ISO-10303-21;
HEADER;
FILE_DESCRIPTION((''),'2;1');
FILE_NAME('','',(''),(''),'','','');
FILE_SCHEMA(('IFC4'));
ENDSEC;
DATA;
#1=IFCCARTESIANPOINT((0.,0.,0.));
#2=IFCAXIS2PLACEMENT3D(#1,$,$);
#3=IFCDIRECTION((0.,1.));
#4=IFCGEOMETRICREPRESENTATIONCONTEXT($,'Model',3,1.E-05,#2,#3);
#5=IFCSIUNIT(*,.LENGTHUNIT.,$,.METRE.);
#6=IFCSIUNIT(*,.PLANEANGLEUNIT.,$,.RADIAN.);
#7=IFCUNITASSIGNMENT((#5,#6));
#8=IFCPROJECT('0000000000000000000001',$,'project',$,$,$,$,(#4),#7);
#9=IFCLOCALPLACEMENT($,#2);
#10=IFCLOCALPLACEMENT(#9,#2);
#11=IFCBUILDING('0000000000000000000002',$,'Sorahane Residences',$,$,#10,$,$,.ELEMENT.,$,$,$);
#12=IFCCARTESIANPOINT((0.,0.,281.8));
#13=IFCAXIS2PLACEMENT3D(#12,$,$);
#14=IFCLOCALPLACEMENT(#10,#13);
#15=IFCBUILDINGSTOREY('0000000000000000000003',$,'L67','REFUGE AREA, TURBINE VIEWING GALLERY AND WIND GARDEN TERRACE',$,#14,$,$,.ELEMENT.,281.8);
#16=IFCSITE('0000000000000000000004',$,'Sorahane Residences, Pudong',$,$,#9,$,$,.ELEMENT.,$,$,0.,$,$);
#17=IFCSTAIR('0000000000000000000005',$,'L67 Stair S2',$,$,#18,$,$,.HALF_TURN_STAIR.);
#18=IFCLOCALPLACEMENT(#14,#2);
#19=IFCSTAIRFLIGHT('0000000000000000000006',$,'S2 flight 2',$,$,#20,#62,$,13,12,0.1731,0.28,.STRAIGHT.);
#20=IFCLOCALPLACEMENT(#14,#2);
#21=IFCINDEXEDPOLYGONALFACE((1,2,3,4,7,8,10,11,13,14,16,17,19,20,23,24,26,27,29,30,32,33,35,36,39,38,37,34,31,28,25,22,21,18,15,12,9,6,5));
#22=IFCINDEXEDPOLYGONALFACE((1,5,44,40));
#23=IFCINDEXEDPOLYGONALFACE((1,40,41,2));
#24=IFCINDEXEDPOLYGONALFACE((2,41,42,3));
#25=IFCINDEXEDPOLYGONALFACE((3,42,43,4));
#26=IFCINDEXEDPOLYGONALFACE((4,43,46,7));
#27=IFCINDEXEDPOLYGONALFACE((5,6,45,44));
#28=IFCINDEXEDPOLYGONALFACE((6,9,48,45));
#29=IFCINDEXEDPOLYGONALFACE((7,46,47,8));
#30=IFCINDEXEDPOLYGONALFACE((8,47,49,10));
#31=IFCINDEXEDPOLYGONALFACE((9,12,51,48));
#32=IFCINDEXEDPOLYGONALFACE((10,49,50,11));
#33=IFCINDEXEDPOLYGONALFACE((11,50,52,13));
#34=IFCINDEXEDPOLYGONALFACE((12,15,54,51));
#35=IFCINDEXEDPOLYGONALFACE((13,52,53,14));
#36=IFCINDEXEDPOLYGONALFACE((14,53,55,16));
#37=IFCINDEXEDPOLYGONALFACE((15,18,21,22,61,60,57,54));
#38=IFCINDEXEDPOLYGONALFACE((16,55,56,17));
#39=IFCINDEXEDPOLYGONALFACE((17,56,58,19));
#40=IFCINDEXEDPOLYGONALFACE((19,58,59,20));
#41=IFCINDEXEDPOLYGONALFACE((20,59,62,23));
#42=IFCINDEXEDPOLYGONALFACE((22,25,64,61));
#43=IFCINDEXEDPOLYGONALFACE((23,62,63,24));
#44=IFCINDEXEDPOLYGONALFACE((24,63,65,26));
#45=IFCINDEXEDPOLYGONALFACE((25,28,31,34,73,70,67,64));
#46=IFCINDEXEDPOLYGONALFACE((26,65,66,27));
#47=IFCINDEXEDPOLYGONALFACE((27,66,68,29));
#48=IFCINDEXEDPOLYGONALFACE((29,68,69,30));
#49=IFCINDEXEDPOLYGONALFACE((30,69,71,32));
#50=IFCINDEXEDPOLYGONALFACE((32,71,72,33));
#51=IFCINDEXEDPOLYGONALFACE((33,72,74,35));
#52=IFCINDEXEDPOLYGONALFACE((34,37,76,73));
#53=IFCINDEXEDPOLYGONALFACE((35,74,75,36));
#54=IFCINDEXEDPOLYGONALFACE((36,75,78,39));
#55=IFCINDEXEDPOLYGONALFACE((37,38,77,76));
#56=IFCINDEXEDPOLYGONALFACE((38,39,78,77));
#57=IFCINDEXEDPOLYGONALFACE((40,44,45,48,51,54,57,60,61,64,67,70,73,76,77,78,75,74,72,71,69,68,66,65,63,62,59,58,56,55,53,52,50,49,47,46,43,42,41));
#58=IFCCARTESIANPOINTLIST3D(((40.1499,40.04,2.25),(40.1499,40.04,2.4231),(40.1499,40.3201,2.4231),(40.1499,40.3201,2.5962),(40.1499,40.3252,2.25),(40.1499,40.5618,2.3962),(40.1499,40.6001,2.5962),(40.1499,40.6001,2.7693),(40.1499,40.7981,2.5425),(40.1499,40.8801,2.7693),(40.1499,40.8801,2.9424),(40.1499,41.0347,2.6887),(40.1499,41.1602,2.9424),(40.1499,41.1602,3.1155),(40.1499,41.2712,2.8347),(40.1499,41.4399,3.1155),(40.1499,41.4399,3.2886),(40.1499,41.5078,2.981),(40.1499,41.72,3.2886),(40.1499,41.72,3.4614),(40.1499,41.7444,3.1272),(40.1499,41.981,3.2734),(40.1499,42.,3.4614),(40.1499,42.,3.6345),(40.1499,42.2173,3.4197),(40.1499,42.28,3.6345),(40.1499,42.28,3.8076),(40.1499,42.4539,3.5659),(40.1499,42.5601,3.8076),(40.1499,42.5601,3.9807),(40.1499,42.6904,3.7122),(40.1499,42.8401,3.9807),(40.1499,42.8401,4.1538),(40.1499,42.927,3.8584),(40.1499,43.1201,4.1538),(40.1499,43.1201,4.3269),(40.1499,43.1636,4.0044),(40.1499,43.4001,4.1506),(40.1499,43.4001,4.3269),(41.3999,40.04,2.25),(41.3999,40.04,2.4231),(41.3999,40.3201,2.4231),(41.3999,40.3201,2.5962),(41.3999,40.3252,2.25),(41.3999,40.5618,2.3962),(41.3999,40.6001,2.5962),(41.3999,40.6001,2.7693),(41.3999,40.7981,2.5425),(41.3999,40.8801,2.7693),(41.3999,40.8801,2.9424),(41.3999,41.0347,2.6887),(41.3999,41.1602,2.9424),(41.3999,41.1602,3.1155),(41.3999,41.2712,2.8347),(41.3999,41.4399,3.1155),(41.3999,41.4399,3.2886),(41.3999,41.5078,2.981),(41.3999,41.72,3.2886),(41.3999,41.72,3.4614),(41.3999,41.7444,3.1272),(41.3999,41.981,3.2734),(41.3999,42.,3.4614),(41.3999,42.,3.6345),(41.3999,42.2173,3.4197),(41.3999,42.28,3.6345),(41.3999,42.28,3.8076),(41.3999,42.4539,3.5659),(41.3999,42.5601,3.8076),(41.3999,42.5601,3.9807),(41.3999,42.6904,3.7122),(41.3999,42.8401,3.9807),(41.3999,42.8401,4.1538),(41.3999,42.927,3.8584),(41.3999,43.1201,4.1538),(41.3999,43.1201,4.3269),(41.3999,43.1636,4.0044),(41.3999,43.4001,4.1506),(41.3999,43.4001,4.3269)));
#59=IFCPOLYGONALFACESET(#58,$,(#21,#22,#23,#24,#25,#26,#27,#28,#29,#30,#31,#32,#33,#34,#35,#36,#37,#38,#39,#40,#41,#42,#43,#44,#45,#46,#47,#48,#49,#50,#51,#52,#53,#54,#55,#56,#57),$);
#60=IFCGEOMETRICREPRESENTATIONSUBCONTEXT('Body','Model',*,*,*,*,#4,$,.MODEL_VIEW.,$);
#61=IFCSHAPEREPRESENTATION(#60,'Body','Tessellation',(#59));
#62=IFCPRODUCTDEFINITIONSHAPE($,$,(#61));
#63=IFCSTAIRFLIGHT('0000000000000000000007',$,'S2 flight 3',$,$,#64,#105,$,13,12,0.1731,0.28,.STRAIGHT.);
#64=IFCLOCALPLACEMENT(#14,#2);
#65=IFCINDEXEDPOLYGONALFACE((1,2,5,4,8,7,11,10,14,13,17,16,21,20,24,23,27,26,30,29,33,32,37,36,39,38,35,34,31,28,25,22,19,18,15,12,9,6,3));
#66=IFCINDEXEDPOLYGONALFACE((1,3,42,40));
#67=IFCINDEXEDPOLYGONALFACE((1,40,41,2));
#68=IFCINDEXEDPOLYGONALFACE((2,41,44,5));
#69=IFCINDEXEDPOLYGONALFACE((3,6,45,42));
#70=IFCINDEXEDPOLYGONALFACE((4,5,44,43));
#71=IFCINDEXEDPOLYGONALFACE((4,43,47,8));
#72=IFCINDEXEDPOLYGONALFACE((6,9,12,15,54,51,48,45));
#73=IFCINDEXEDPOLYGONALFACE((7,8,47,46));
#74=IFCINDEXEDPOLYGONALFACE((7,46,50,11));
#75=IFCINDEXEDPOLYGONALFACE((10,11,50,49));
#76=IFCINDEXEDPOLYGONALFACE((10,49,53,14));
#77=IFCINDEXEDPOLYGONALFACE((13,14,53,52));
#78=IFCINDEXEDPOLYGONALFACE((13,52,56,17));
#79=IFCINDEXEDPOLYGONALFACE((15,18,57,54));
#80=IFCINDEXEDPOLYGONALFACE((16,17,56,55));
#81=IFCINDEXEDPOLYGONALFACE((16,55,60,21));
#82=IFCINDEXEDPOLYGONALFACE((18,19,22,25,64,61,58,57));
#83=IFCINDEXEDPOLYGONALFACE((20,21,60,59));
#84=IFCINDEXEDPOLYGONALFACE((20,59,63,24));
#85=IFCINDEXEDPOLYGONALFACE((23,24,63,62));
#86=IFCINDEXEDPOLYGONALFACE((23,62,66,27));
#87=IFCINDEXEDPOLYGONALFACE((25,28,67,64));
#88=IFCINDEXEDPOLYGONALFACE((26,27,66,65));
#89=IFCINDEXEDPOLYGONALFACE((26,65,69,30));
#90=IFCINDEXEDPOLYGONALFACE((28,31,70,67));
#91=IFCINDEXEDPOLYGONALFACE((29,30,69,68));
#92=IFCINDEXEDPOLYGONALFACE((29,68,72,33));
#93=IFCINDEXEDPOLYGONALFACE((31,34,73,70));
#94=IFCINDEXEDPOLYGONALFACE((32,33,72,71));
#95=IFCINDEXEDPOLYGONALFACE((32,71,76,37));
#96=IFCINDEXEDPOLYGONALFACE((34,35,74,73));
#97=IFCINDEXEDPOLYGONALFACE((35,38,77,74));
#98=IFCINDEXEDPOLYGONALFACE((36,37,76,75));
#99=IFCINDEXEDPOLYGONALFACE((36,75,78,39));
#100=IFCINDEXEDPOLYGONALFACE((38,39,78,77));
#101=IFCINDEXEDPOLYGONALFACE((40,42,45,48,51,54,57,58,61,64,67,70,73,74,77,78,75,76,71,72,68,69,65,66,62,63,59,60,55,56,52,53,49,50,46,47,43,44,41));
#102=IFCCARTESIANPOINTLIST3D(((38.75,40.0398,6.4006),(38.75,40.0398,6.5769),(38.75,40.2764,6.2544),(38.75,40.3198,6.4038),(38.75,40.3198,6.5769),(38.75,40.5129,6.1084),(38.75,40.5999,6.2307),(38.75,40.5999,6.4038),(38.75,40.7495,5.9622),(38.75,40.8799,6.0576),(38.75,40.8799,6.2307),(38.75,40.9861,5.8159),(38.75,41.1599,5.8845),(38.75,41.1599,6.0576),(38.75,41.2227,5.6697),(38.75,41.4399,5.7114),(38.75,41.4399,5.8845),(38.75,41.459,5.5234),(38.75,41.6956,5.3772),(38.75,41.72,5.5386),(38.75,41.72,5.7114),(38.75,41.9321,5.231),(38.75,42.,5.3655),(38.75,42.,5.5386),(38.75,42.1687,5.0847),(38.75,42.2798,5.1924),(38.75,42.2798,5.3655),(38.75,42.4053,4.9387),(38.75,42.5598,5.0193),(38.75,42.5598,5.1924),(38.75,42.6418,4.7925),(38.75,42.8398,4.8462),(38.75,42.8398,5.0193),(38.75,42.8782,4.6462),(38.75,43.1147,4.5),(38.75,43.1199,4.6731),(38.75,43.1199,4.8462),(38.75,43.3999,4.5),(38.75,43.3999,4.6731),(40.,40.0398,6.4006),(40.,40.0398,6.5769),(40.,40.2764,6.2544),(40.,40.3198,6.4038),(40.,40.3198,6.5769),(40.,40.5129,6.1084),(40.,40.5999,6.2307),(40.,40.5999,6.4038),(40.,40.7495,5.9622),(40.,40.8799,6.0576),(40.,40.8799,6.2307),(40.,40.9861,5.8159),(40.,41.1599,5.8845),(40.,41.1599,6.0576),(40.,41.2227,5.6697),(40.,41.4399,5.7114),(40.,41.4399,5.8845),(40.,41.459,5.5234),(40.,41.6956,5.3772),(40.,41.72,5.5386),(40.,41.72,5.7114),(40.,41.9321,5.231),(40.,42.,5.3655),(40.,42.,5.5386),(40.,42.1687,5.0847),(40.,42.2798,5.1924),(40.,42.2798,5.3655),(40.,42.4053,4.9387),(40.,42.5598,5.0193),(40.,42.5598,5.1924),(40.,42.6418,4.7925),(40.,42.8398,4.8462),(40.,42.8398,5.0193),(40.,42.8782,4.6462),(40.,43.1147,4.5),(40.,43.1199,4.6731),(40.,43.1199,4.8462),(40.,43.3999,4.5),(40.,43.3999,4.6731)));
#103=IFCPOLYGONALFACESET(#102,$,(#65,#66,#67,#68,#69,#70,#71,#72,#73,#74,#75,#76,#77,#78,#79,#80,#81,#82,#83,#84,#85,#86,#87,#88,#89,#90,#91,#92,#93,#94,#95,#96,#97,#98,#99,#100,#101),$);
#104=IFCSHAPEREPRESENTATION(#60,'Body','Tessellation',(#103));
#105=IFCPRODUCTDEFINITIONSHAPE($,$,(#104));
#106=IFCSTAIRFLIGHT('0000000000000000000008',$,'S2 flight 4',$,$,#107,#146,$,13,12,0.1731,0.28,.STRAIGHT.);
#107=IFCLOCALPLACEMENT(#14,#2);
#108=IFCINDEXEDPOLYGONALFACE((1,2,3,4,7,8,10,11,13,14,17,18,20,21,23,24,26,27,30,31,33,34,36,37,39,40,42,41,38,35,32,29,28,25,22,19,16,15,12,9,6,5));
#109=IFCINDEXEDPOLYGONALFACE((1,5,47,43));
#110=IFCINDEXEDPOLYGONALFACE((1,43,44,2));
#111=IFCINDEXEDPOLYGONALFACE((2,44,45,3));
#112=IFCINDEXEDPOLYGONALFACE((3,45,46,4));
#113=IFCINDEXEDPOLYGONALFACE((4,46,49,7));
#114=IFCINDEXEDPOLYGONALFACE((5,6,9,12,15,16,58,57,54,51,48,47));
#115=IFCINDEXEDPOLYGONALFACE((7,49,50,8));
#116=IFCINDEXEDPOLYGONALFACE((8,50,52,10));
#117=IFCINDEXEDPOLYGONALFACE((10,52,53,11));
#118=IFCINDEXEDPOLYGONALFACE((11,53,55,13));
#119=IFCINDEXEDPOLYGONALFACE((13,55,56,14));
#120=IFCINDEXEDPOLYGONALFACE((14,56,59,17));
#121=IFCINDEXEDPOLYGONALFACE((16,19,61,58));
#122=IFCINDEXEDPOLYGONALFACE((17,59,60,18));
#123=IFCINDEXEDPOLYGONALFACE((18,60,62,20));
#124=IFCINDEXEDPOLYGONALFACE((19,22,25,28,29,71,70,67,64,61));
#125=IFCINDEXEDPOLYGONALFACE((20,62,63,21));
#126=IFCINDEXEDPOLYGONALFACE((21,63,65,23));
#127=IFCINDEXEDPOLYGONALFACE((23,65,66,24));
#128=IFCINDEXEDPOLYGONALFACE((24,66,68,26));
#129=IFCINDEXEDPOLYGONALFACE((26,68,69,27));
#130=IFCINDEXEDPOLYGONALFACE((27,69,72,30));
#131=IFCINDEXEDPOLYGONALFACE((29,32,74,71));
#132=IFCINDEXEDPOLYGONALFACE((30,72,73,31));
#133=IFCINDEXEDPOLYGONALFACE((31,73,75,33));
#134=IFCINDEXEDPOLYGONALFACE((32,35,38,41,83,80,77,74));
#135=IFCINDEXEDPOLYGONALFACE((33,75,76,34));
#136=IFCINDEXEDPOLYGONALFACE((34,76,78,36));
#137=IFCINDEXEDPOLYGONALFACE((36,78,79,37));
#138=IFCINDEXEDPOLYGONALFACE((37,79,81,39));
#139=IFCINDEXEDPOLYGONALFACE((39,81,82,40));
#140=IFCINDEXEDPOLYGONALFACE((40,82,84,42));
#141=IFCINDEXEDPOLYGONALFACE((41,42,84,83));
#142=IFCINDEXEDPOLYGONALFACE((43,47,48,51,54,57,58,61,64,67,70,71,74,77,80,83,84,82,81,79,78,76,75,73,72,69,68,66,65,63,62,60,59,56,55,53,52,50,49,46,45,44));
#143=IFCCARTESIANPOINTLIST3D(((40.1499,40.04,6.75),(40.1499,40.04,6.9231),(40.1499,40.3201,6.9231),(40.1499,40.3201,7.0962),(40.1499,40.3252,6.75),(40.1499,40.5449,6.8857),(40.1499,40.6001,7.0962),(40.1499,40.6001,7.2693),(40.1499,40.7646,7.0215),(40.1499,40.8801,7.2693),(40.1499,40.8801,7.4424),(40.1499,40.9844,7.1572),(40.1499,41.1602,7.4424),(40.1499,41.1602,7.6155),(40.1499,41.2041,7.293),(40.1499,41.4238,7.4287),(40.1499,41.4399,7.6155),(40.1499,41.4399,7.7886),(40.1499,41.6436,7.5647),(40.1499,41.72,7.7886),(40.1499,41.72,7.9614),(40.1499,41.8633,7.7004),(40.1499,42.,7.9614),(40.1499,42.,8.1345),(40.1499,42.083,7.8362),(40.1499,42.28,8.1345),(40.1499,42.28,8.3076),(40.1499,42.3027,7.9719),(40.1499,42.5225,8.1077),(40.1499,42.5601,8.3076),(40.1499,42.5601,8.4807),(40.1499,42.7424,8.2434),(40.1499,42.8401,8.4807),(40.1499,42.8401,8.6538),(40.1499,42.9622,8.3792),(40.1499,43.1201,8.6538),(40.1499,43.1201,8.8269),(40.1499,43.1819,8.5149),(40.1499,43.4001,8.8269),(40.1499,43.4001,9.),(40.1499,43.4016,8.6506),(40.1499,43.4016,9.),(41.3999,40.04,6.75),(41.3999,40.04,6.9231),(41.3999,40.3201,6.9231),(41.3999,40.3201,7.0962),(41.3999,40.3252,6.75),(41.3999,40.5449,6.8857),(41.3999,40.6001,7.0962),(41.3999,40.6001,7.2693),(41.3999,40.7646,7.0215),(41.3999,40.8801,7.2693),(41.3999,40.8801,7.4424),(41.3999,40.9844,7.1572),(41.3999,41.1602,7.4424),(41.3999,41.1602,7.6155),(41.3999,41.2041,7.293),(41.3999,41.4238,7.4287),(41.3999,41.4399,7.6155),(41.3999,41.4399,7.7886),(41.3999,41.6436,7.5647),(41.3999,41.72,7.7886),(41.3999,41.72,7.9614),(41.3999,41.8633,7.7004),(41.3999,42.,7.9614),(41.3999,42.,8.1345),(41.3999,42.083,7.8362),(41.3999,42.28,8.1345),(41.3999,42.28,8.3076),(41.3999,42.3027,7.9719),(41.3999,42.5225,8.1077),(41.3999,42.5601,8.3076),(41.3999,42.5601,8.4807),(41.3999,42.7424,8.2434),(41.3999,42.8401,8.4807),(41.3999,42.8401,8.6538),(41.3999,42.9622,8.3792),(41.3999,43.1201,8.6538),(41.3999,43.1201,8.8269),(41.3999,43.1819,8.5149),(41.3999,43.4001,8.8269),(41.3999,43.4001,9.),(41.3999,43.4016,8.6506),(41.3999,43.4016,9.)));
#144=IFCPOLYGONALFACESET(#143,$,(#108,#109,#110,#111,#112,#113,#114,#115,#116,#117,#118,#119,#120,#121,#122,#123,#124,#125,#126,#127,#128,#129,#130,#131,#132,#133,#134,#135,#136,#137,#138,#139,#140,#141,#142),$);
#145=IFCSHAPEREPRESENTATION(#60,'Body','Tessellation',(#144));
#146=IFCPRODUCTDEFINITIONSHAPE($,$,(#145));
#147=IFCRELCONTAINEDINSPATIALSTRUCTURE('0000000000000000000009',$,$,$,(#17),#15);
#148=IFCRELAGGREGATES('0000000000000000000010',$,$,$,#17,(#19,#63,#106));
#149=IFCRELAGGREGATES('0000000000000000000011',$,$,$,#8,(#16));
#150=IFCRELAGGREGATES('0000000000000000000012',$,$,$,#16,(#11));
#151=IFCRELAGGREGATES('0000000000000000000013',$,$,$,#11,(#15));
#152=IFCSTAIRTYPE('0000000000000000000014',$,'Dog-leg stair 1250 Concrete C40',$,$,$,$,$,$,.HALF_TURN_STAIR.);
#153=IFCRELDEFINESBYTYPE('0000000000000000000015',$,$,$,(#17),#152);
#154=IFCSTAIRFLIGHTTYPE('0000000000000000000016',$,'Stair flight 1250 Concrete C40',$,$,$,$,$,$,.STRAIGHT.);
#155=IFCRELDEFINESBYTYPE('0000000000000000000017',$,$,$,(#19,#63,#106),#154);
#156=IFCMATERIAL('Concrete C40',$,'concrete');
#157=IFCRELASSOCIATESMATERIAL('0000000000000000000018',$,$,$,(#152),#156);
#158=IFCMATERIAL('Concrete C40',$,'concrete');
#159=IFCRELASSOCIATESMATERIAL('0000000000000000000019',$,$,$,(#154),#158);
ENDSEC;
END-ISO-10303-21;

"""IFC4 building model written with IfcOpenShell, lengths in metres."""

from ifc_helpers import new_model, si_unit, direction, frame, origin, place, context, subcontext, project, spatial, polyline, outline, extrude, material, type_object, element, aggregate, save


model = new_model("IFC4")

# Units and contexts
model_context = context("Model", 3, precision=1e-05, world=origin(), true_north=direction((0.0, 1.0)))
body_context = subcontext(model_context, "Body", "Model", "MODEL_VIEW")
ifc_project = project(units=[si_unit("LENGTHUNIT", "METRE"), si_unit("PLANEANGLEUNIT", "RADIAN")], contexts=[model_context])

# Site, building, storey
site_placement = place(None, origin())
site = spatial("IfcSite", under=ifc_project, at=site_placement, Name="Sorahane Residences, Pudong", CompositionType="ELEMENT", RefElevation=0.0)
building_placement = place(site_placement, origin())
building = spatial("IfcBuilding", under=site, at=building_placement, Name="Sorahane Residences", CompositionType="ELEMENT")
storey_placement = place(building_placement, frame((0.0, 0.0, 281.8)))
storey = spatial("IfcBuildingStorey", under=building, at=storey_placement, Name="L67", Description="REFUGE AREA, TURBINE VIEWING GALLERY AND WIND GARDEN TERRACE", CompositionType="ELEMENT", Elevation=281.8)

# Stair, stair flights
ifc_material_1 = material(Name="Concrete C40", Category="concrete")
stair_type = type_object("IfcStairType", Name="Dog-leg stair 1250 Concrete C40", PredefinedType="HALF_TURN_STAIR", material=ifc_material_1)
stair_placement = place(storey_placement, origin())
stair = element("IfcStair", 1, at=stair_placement, inside=storey, type_object=stair_type, Name="L67 Stair S2", PredefinedType="HALF_TURN_STAIR")
ifc_material_2 = material(Name="Concrete C40", Category="concrete")
stair_flight_type = type_object("IfcStairFlightType", Name="Stair flight 1250 Concrete C40", PredefinedType="STRAIGHT", material=ifc_material_2)
stair_flight_1_placement = place(storey_placement, frame((40.7749, 40.04, 2.25), z_axis=(0.0, 0.0, 1.0), x_axis=(0.0, 1.0, 0.0)))
stair_flight_1 = element("IfcStairFlight", 2, at=stair_flight_1_placement, type_object=stair_flight_type, Name="S2 flight 2", NumberOfRisers=13, NumberOfTreads=12, PredefinedType="STRAIGHT", RiserHeight=0.1731, TreadLength=0.28, context=body_context, shape_type="SweptSolid", body=[
    extrude(outline(polyline([(0.0, 0.0), (0.0, 0.1731), (0.28, 0.1731), (0.28, 0.3462), (0.5601, 0.3462), (0.5601, 0.5193), (0.8401, 0.5193), (0.8401, 0.6924), (1.1201, 0.6924), (1.1201, 0.8655), (1.3999, 0.8655), (1.3999, 1.0386), (1.6799, 1.0386), (1.6799, 1.2114), (1.96, 1.2114), (1.96, 1.3845), (2.24, 1.3845), (2.24, 1.5576), (2.52, 1.5576), (2.52, 1.7307), (2.8, 1.7307), (2.8, 1.9038), (3.0801, 1.9038), (3.0801, 2.0769), (3.3601, 2.0769), (3.3601, 2.25), (3.3601, 1.9006), (3.1235, 1.7544), (2.887, 1.6084), (2.6504, 1.4622), (2.4138, 1.3159), (2.1772, 1.1697), (1.9409, 1.0234), (1.7043, 0.8772), (1.4678, 0.731), (1.2312, 0.5847), (0.9946, 0.4387), (0.7581, 0.2925), (0.5217, 0.1462), (0.2852, 0.0), (0.0, 0.0)])), frame((0.0, 0.625, 0.0), z_axis=(0.0, -1.0, 0.0), x_axis=(1.0, 0.0, 0.0)), (0.0, 0.0, 1.0), 1.25),
])
stair_flight_2_placement = place(storey_placement, frame((39.375, 43.3999, 4.5), z_axis=(0.0, 0.0, 1.0), x_axis=(0.0, -1.0, 0.0)))
stair_flight_2 = element("IfcStairFlight", 3, at=stair_flight_2_placement, type_object=stair_flight_type, Name="S2 flight 3", NumberOfRisers=13, NumberOfTreads=12, PredefinedType="STRAIGHT", RiserHeight=0.1731, TreadLength=0.28, context=body_context, shape_type="SweptSolid", body=[
    extrude(outline(polyline([(0.0, 0.0), (0.0, 0.1731), (0.28, 0.1731), (0.28, 0.3462), (0.5601, 0.3462), (0.5601, 0.5193), (0.8401, 0.5193), (0.8401, 0.6924), (1.1201, 0.6924), (1.1201, 0.8655), (1.3999, 0.8655), (1.3999, 1.0386), (1.6799, 1.0386), (1.6799, 1.2114), (1.96, 1.2114), (1.96, 1.3845), (2.24, 1.3845), (2.24, 1.5576), (2.52, 1.5576), (2.52, 1.7307), (2.8, 1.7307), (2.8, 1.9038), (3.0801, 1.9038), (3.0801, 2.0769), (3.3601, 2.0769), (3.3601, 2.25), (3.3601, 1.9006), (3.1235, 1.7544), (2.887, 1.6084), (2.6504, 1.4622), (2.4138, 1.3159), (2.1772, 1.1697), (1.9409, 1.0234), (1.7043, 0.8772), (1.4678, 0.731), (1.2312, 0.5847), (0.9946, 0.4387), (0.7581, 0.2925), (0.5217, 0.1462), (0.2852, 0.0), (0.0, 0.0)])), frame((0.0, 0.625, 0.0), z_axis=(0.0, -1.0, 0.0), x_axis=(1.0, 0.0, 0.0)), (0.0, 0.0, 1.0), 1.25),
])
stair_flight_3_placement = place(storey_placement, frame((40.7749, 40.04, 6.75), z_axis=(0.0, 0.0, 1.0), x_axis=(0.0, 1.0, 0.0)))
stair_flight_3 = element("IfcStairFlight", 4, at=stair_flight_3_placement, type_object=stair_flight_type, Name="S2 flight 4", NumberOfRisers=13, NumberOfTreads=12, PredefinedType="STRAIGHT", RiserHeight=0.1731, TreadLength=0.28, context=body_context, shape_type="SweptSolid", body=[
    extrude(outline(polyline([(0.0, 0.0), (0.0, 0.1731), (0.28, 0.1731), (0.28, 0.3462), (0.5601, 0.3462), (0.5601, 0.5193), (0.8401, 0.5193), (0.8401, 0.6924), (1.1201, 0.6924), (1.1201, 0.8655), (1.3999, 0.8655), (1.3999, 1.0386), (1.6799, 1.0386), (1.6799, 1.2114), (1.96, 1.2114), (1.96, 1.3845), (2.24, 1.3845), (2.24, 1.5576), (2.52, 1.5576), (2.52, 1.7307), (2.8, 1.7307), (2.8, 1.9038), (3.0801, 1.9038), (3.0801, 2.0769), (3.3601, 2.0769), (3.3601, 2.25), (3.3616, 2.25), (3.3616, 1.9006), (3.1418, 1.7649), (2.9221, 1.6292), (2.7024, 1.4934), (2.4824, 1.3577), (2.2627, 1.2219), (2.043, 1.0862), (1.8232, 0.9504), (1.6035, 0.8147), (1.3838, 0.6787), (1.1641, 0.543), (0.9443, 0.4072), (0.7246, 0.2715), (0.5049, 0.1357), (0.2852, 0.0), (0.0, 0.0)])), frame((0.0, 0.625, 0.0), z_axis=(0.0, -1.0, 0.0), x_axis=(1.0, 0.0, 0.0)), (0.0, 0.0, 1.0), 1.25),
])
aggregate(stair, [stair_flight_1, stair_flight_2, stair_flight_3])

save(model, "model.ifc")
